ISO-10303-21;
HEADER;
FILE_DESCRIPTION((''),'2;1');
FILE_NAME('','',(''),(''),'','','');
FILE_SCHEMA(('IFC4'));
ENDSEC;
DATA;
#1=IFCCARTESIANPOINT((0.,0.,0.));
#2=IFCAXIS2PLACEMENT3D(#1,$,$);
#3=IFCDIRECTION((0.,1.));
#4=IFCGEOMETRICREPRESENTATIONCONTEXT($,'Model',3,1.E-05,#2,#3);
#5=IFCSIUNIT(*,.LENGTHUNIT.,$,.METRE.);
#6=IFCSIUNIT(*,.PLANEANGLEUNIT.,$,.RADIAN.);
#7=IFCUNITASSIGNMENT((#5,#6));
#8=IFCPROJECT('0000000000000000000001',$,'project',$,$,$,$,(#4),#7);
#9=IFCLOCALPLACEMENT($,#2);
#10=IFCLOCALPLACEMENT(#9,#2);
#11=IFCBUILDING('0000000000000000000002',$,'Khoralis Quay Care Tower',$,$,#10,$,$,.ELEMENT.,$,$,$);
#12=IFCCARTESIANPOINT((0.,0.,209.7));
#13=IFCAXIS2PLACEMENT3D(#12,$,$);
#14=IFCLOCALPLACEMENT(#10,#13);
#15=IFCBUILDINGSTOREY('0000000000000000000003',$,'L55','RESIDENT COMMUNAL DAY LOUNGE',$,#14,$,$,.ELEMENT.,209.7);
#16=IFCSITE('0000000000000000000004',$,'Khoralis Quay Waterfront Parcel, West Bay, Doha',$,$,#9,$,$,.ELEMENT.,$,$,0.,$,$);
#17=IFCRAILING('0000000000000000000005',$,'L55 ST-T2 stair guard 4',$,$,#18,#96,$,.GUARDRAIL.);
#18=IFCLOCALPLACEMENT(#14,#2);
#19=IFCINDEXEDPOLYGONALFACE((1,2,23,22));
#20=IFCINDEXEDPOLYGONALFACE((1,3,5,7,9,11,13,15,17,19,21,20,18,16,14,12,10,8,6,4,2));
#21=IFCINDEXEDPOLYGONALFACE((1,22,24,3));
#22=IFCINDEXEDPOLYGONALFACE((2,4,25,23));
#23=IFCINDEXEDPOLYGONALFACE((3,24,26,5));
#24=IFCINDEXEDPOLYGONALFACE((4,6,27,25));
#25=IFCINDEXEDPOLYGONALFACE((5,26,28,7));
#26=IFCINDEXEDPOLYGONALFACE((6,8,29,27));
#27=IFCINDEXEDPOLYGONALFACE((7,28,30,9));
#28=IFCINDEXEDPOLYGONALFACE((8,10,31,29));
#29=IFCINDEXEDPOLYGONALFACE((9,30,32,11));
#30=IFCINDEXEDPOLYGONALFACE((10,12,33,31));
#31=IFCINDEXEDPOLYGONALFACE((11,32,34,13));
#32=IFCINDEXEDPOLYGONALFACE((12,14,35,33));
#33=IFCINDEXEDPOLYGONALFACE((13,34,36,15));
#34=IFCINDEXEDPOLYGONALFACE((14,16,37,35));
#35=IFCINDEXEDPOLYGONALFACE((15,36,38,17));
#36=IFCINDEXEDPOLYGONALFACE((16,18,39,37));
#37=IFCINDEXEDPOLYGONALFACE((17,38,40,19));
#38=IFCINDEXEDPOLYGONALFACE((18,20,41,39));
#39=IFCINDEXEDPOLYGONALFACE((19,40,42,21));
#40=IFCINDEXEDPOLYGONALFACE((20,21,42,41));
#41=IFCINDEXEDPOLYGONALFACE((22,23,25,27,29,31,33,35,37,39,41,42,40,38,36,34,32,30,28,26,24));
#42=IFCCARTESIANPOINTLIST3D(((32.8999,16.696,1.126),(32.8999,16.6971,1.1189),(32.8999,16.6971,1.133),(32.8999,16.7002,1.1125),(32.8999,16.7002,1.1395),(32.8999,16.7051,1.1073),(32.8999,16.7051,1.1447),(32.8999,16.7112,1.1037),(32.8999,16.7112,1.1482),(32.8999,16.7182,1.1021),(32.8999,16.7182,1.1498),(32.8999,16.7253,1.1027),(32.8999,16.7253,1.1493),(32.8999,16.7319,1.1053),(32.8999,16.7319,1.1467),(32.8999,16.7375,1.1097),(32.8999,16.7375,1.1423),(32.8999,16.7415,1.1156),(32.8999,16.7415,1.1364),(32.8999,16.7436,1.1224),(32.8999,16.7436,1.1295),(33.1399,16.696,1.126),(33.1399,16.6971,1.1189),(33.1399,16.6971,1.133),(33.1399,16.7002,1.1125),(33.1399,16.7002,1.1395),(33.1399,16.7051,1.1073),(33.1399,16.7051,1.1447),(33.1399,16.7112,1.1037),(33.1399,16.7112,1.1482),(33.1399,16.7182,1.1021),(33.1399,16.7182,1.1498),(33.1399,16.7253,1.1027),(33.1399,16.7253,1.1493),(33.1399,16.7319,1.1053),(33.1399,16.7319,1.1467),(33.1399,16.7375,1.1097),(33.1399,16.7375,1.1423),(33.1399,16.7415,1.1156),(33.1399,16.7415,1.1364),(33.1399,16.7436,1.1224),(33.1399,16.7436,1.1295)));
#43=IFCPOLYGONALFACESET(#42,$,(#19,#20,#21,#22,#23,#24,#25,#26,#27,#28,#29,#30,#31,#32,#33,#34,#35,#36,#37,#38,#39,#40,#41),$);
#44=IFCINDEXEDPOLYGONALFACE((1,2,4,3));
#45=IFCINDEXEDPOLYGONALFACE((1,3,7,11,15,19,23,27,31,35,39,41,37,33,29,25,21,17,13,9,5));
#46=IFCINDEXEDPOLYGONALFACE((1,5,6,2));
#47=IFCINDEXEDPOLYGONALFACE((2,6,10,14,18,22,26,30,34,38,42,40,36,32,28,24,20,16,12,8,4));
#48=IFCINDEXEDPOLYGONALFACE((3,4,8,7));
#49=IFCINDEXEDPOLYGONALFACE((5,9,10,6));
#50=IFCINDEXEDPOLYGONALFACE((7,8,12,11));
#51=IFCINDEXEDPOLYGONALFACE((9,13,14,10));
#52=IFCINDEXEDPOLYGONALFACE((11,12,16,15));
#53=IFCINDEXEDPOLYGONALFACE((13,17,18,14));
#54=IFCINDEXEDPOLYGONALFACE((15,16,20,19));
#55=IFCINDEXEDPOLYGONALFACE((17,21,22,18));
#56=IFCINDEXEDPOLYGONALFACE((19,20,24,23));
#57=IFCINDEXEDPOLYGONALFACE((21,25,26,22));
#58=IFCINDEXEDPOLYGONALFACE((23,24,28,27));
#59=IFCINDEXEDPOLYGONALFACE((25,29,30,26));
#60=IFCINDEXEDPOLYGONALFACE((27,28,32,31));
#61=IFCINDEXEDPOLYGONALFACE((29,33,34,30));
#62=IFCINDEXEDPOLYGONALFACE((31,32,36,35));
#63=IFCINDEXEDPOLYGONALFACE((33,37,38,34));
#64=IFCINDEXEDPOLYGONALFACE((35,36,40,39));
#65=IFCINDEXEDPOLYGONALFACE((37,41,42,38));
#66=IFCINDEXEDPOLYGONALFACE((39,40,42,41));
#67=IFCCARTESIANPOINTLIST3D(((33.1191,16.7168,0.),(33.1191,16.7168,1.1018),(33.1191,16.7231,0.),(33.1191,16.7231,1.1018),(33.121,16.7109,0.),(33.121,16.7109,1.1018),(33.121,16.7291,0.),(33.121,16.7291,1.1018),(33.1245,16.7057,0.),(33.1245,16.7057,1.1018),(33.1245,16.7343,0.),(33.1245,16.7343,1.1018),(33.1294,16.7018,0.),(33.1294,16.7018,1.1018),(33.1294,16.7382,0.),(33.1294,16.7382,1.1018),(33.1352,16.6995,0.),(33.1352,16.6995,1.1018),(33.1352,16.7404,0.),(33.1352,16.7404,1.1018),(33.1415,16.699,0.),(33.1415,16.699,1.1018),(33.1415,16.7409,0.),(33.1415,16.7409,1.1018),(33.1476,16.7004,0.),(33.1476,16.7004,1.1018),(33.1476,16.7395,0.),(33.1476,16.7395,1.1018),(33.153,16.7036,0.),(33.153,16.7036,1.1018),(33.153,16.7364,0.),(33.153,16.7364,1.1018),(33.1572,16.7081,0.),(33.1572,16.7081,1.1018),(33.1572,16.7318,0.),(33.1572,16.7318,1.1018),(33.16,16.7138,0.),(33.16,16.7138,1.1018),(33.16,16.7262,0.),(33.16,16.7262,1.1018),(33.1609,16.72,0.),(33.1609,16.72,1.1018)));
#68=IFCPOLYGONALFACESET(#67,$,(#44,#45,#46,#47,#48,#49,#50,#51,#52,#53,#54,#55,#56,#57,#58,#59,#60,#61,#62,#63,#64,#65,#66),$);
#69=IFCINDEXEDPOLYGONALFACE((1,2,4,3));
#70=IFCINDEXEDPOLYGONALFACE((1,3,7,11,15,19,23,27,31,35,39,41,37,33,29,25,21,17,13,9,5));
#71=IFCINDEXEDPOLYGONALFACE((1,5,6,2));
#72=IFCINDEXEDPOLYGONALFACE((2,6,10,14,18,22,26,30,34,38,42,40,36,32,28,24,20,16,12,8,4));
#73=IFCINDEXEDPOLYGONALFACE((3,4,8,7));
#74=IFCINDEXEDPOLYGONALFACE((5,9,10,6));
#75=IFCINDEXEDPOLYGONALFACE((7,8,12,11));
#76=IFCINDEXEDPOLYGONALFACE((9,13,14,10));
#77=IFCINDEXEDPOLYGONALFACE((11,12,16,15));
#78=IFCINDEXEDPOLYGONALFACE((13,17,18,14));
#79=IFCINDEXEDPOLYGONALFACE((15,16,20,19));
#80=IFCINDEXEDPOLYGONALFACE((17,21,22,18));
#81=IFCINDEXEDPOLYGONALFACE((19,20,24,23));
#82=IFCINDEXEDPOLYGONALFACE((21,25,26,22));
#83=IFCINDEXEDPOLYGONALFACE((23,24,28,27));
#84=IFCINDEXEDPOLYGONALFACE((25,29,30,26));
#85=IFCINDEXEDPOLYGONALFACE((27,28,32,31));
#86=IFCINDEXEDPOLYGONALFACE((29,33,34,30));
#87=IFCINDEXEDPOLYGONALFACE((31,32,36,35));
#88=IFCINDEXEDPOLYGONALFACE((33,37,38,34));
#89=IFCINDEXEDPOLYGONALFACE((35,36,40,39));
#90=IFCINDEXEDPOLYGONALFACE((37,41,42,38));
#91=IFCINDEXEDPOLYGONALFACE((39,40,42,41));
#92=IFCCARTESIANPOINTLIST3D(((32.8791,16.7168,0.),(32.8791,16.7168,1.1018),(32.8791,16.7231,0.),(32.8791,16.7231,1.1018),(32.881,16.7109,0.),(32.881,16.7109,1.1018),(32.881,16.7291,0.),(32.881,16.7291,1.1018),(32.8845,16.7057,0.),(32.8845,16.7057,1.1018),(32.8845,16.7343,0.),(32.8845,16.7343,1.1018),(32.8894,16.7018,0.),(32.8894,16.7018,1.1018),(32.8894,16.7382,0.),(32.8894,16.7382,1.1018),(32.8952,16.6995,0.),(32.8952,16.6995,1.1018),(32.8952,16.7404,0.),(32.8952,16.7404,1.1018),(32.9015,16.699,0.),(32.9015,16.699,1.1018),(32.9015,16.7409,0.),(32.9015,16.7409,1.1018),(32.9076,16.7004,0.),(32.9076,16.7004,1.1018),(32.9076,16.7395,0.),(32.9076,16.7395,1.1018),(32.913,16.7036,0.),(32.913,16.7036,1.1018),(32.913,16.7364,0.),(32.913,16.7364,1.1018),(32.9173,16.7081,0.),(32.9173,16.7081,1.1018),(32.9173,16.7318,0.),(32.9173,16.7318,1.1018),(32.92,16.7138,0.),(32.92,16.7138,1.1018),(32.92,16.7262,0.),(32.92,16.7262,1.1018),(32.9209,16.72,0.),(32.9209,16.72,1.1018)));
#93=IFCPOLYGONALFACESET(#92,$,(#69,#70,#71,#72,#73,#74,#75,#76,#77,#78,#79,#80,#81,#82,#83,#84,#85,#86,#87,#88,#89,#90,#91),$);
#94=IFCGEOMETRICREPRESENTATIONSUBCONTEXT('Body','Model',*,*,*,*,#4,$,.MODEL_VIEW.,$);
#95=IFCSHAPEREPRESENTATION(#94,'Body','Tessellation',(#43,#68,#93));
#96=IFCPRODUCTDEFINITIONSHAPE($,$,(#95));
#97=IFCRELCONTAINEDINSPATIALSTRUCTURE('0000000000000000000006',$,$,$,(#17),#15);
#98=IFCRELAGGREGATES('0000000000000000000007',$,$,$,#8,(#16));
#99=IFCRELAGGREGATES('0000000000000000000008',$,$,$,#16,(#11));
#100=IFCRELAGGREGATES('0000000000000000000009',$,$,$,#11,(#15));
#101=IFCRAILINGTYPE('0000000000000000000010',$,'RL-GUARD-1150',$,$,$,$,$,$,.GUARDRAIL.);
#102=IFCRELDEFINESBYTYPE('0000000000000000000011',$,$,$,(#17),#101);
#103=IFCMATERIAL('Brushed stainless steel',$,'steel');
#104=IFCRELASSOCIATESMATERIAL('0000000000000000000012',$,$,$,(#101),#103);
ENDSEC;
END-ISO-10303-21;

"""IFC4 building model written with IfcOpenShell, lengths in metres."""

from ifc_helpers import new_model, si_unit, direction, frame, origin, origin_2d, place, context, subcontext, project, spatial, circle, extrude, material, type_object, element, save


model = new_model("IFC4")

# Units and contexts
model_context = context("Model", 3, precision=1e-05, world=origin(), true_north=direction((0.0, 1.0)))
body_context = subcontext(model_context, "Body", "Model", "MODEL_VIEW")
ifc_project = project(units=[si_unit("LENGTHUNIT", "METRE"), si_unit("PLANEANGLEUNIT", "RADIAN")], contexts=[model_context])

# Site, building, storey
site_placement = place(None, origin())
site = spatial("IfcSite", under=ifc_project, at=site_placement, Name="Khoralis Quay Waterfront Parcel, West Bay, Doha", CompositionType="ELEMENT", RefElevation=0.0)
building_placement = place(site_placement, origin())
building = spatial("IfcBuilding", under=site, at=building_placement, Name="Khoralis Quay Care Tower", CompositionType="ELEMENT")
storey_placement = place(building_placement, frame((0.0, 0.0, 209.7)))
storey = spatial("IfcBuildingStorey", under=building, at=storey_placement, Name="L55", Description="RESIDENT COMMUNAL DAY LOUNGE", CompositionType="ELEMENT", Elevation=209.7)

# Shared definitions
ifc_material_1 = material(Name="Brushed stainless steel", Category="steel")

# Railing
railing_type_1 = type_object("IfcRailingType", Name="RL-GUARD-1150", PredefinedType="GUARDRAIL", material=ifc_material_1)
railing_1_placement = place(storey_placement, frame((33.1399, 16.72, 0.0)))
element("IfcRailing", 1, at=railing_1_placement, inside=storey, type_object=railing_type_1, Name="L55 ST-T2 stair guard 4", PredefinedType="GUARDRAIL", context=body_context, shape_type="SweptSolid", body=[
    extrude(circle(Radius=0.0239, at=origin_2d()), frame((0.0, 0.0, 1.126), z_axis=(-1.0, 0.0, 0.0), x_axis=(0.0, -1.0, 0.0)), (0.0, 0.0, 1.0), 0.24),
    extrude(circle(Radius=0.021, at=origin_2d()), origin(), (0.0, 0.0, 1.0), 1.1018),
    extrude(circle(Radius=0.021, at=origin_2d()), frame((-0.24, 0.0, 0.0)), (0.0, 0.0, 1.0), 1.1018),
])

save(model, "model.ifc")
